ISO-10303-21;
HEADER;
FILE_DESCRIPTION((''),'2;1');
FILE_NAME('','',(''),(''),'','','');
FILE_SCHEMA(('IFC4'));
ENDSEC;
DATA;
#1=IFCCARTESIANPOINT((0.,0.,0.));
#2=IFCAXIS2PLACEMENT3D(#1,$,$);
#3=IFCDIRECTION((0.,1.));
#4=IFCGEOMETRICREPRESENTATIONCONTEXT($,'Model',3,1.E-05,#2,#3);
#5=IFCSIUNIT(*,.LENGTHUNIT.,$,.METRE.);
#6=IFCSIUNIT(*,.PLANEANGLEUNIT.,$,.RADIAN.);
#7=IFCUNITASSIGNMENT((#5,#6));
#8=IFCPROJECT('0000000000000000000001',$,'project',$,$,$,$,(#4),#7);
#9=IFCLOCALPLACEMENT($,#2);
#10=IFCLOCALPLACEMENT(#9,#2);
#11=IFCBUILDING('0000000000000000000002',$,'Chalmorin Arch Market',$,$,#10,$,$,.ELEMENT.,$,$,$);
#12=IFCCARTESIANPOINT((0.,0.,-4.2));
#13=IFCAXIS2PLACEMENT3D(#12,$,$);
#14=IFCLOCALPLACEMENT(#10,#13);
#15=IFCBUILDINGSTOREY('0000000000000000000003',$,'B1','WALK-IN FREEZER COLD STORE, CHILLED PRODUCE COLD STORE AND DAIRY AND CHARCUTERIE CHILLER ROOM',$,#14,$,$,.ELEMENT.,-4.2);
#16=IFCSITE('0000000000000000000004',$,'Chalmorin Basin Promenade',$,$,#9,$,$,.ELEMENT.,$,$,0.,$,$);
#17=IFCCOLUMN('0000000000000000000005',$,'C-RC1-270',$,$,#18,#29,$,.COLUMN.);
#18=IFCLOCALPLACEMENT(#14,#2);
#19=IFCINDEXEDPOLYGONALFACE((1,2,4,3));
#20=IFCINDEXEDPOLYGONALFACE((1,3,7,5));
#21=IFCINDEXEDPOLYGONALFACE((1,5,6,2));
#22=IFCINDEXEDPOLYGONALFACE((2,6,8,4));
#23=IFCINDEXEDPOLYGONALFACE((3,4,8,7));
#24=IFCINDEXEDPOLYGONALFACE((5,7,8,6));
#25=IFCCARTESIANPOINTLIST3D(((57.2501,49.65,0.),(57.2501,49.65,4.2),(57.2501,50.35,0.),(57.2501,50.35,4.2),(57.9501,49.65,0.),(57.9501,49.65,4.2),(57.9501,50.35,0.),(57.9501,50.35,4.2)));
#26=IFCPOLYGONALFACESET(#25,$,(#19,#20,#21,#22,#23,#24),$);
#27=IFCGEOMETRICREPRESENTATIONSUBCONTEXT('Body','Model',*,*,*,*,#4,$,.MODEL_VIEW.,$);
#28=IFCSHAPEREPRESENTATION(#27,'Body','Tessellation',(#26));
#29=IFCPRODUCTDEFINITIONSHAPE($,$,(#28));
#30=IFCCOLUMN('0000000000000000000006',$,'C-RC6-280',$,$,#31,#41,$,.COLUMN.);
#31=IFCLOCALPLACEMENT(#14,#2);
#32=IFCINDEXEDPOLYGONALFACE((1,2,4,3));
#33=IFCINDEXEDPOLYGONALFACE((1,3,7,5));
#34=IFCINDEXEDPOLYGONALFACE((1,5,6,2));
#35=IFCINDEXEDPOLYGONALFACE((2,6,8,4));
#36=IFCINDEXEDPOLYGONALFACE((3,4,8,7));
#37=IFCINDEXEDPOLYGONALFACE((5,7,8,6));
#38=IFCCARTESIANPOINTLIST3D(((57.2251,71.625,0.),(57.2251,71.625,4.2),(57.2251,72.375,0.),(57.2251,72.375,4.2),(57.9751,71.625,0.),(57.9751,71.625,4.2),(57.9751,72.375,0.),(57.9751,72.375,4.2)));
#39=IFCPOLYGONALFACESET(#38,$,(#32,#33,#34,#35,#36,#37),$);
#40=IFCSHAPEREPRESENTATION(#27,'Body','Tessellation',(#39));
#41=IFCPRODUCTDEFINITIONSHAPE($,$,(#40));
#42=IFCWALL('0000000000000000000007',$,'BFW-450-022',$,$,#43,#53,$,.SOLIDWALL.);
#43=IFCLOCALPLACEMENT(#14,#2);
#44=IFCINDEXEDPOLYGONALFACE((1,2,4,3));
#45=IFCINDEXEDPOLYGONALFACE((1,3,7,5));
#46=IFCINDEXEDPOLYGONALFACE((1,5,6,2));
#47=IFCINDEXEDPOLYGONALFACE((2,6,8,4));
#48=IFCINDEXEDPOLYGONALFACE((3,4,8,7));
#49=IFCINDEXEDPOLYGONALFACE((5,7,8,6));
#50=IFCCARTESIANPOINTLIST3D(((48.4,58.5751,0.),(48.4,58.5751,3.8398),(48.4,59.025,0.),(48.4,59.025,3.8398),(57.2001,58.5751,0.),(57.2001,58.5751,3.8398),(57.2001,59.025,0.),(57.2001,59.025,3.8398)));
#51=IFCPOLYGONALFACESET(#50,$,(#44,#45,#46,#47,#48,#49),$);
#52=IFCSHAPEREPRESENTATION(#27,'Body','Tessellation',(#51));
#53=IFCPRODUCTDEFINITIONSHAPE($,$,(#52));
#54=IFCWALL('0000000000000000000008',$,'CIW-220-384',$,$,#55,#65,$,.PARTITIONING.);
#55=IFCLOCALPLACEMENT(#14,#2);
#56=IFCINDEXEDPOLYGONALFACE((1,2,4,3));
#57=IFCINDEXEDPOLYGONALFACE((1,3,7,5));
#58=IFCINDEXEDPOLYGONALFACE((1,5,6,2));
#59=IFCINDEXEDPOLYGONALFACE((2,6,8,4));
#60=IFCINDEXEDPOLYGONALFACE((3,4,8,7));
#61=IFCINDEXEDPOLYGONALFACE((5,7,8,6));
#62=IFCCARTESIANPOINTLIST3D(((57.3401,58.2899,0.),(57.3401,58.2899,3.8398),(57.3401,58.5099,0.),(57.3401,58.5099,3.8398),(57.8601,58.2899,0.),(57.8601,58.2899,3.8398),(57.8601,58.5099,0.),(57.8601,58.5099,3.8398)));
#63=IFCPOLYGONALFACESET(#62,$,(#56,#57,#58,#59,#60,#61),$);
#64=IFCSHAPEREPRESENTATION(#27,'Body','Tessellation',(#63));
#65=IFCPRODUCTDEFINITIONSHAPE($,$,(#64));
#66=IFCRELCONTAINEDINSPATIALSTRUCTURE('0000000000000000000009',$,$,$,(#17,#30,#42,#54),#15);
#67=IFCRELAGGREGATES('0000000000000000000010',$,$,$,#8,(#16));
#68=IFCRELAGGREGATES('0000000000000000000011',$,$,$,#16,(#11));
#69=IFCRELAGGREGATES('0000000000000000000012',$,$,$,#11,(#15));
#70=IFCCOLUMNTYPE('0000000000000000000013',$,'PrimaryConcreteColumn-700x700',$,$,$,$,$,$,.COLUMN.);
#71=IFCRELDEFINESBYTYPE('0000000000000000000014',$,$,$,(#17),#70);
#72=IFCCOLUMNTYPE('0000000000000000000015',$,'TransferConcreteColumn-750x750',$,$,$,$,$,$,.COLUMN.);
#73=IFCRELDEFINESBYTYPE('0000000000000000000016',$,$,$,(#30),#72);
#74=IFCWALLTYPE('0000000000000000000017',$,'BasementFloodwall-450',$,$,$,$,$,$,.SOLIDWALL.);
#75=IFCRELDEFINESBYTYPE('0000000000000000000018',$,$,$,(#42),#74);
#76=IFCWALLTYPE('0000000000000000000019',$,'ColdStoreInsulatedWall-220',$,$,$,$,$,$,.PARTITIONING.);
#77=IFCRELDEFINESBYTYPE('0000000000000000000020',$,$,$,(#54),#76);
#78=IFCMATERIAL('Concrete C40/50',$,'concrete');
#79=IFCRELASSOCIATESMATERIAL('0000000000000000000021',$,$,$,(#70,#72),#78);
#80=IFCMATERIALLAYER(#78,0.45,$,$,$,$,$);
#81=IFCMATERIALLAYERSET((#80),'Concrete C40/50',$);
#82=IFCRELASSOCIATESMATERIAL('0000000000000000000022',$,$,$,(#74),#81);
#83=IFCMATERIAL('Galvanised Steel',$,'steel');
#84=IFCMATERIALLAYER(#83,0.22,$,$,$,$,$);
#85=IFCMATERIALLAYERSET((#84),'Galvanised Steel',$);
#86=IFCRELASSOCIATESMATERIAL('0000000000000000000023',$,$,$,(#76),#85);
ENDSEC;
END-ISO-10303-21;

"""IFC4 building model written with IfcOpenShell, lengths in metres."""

from ifc_helpers import new_model, si_unit, direction, frame, frame_2d, origin, origin_2d, place, context, subcontext, project, spatial, rectangle, extrude, material, layer, layer_set, material_profile, profile_set, type_object, element, save


model = new_model("IFC4")

# Units and contexts
model_context = context("Model", 3, precision=1e-05, world=origin(), true_north=direction((0.0, 1.0)))
body_context = subcontext(model_context, "Body", "Model", "MODEL_VIEW")
ifc_project = project(units=[si_unit("LENGTHUNIT", "METRE"), si_unit("PLANEANGLEUNIT", "RADIAN")], contexts=[model_context])

# Site, building, storey
site_placement = place(None, origin())
site = spatial("IfcSite", under=ifc_project, at=site_placement, Name="Chalmorin Basin Promenade", CompositionType="ELEMENT", RefElevation=0.0)
building_placement = place(site_placement, origin())
building = spatial("IfcBuilding", under=site, at=building_placement, Name="Chalmorin Arch Market", CompositionType="ELEMENT")
storey_placement = place(building_placement, frame((0.0, 0.0, -4.2)))
storey = spatial("IfcBuildingStorey", under=building, at=storey_placement, Name="B1", Description="WALK-IN FREEZER COLD STORE, CHILLED PRODUCE COLD STORE AND DAIRY AND CHARCUTERIE CHILLER ROOM", CompositionType="ELEMENT", Elevation=-4.2)

# Shared definitions
ifc_material_1 = material(Name="Concrete C40/50", Category="concrete")

# Columns
ifc_material_profile_1 = material_profile(ifc_material_1, rectangle(XDim=0.7, YDim=0.7, at=origin_2d()), Name="RC700X700")
ifc_profile_set_1 = profile_set([ifc_material_profile_1], Name="Concrete C40/50")
column_type_1 = type_object("IfcColumnType", Name="PrimaryConcreteColumn-700x700", PredefinedType="COLUMN", material=ifc_profile_set_1)
column_1_placement = place(storey_placement, frame((57.6001, 50.0, 0.0), z_axis=(0.0, 0.0, 1.0), x_axis=(1.0, 0.0, 0.0)))
element("IfcColumn", 1, at=column_1_placement, inside=storey, type_object=column_type_1, Name="C-RC1-270", PredefinedType="COLUMN", context=body_context, shape_type="SweptSolid", body=[
    extrude(rectangle(XDim=0.7, YDim=0.7, at=origin_2d()), origin(), (0.0, 0.0, 1.0), 4.2),
])
ifc_material_profile_2 = material_profile(ifc_material_1, rectangle(XDim=0.75, YDim=0.75, at=origin_2d()), Name="RC750X750")
ifc_profile_set_2 = profile_set([ifc_material_profile_2], Name="Concrete C40/50")
column_type_2 = type_object("IfcColumnType", Name="TransferConcreteColumn-750x750", PredefinedType="COLUMN", material=ifc_profile_set_2)
column_2_placement = place(storey_placement, frame((57.6001, 72.0, 0.0), z_axis=(0.0, 0.0, 1.0), x_axis=(1.0, 0.0, 0.0)))
element("IfcColumn", 2, at=column_2_placement, inside=storey, type_object=column_type_2, Name="C-RC6-280", PredefinedType="COLUMN", context=body_context, shape_type="SweptSolid", body=[
    extrude(rectangle(XDim=0.75, YDim=0.75, at=origin_2d()), origin(), (0.0, 0.0, 1.0), 4.2),
])

# Walls
ifc_layer_1 = layer(ifc_material_1, 0.45)
ifc_layer_set_1 = layer_set([ifc_layer_1], Name="Concrete C40/50")
wall_type_1 = type_object("IfcWallType", Name="BasementFloodwall-450", PredefinedType="SOLIDWALL", material=ifc_layer_set_1)
wall_1_placement = place(storey_placement, frame((57.2, 58.8, 0.0), z_axis=(0.0, 0.0, 1.0), x_axis=(-1.0, 0.0, 0.0)))
element("IfcWall", 3, at=wall_1_placement, inside=storey, type_object=wall_type_1, Name="BFW-450-022", PredefinedType="SOLIDWALL", context=body_context, shape_type="SweptSolid", body=[
    extrude(rectangle(XDim=8.8, YDim=0.45, at=frame_2d((4.3999, 0.0))), origin(), (0.0, 0.0, 1.0), 3.8398),
])
ifc_material_2 = material(Name="Galvanised Steel", Category="steel")
ifc_layer_2 = layer(ifc_material_2, 0.22)
ifc_layer_set_2 = layer_set([ifc_layer_2], Name="Galvanised Steel")
wall_type_2 = type_object("IfcWallType", Name="ColdStoreInsulatedWall-220", PredefinedType="PARTITIONING", material=ifc_layer_set_2)
wall_2_placement = place(storey_placement, frame((57.3401, 58.3999, 0.0), z_axis=(0.0, 0.0, 1.0), x_axis=(1.0, 0.0, 0.0)))
element("IfcWall", 4, at=wall_2_placement, inside=storey, type_object=wall_type_2, Name="CIW-220-384", PredefinedType="PARTITIONING", context=body_context, shape_type="SweptSolid", body=[
    extrude(rectangle(XDim=0.52, YDim=0.22, at=frame_2d((0.26, 0.0))), origin(), (0.0, 0.0, 1.0), 3.8398),
])

save(model, "model.ifc")
